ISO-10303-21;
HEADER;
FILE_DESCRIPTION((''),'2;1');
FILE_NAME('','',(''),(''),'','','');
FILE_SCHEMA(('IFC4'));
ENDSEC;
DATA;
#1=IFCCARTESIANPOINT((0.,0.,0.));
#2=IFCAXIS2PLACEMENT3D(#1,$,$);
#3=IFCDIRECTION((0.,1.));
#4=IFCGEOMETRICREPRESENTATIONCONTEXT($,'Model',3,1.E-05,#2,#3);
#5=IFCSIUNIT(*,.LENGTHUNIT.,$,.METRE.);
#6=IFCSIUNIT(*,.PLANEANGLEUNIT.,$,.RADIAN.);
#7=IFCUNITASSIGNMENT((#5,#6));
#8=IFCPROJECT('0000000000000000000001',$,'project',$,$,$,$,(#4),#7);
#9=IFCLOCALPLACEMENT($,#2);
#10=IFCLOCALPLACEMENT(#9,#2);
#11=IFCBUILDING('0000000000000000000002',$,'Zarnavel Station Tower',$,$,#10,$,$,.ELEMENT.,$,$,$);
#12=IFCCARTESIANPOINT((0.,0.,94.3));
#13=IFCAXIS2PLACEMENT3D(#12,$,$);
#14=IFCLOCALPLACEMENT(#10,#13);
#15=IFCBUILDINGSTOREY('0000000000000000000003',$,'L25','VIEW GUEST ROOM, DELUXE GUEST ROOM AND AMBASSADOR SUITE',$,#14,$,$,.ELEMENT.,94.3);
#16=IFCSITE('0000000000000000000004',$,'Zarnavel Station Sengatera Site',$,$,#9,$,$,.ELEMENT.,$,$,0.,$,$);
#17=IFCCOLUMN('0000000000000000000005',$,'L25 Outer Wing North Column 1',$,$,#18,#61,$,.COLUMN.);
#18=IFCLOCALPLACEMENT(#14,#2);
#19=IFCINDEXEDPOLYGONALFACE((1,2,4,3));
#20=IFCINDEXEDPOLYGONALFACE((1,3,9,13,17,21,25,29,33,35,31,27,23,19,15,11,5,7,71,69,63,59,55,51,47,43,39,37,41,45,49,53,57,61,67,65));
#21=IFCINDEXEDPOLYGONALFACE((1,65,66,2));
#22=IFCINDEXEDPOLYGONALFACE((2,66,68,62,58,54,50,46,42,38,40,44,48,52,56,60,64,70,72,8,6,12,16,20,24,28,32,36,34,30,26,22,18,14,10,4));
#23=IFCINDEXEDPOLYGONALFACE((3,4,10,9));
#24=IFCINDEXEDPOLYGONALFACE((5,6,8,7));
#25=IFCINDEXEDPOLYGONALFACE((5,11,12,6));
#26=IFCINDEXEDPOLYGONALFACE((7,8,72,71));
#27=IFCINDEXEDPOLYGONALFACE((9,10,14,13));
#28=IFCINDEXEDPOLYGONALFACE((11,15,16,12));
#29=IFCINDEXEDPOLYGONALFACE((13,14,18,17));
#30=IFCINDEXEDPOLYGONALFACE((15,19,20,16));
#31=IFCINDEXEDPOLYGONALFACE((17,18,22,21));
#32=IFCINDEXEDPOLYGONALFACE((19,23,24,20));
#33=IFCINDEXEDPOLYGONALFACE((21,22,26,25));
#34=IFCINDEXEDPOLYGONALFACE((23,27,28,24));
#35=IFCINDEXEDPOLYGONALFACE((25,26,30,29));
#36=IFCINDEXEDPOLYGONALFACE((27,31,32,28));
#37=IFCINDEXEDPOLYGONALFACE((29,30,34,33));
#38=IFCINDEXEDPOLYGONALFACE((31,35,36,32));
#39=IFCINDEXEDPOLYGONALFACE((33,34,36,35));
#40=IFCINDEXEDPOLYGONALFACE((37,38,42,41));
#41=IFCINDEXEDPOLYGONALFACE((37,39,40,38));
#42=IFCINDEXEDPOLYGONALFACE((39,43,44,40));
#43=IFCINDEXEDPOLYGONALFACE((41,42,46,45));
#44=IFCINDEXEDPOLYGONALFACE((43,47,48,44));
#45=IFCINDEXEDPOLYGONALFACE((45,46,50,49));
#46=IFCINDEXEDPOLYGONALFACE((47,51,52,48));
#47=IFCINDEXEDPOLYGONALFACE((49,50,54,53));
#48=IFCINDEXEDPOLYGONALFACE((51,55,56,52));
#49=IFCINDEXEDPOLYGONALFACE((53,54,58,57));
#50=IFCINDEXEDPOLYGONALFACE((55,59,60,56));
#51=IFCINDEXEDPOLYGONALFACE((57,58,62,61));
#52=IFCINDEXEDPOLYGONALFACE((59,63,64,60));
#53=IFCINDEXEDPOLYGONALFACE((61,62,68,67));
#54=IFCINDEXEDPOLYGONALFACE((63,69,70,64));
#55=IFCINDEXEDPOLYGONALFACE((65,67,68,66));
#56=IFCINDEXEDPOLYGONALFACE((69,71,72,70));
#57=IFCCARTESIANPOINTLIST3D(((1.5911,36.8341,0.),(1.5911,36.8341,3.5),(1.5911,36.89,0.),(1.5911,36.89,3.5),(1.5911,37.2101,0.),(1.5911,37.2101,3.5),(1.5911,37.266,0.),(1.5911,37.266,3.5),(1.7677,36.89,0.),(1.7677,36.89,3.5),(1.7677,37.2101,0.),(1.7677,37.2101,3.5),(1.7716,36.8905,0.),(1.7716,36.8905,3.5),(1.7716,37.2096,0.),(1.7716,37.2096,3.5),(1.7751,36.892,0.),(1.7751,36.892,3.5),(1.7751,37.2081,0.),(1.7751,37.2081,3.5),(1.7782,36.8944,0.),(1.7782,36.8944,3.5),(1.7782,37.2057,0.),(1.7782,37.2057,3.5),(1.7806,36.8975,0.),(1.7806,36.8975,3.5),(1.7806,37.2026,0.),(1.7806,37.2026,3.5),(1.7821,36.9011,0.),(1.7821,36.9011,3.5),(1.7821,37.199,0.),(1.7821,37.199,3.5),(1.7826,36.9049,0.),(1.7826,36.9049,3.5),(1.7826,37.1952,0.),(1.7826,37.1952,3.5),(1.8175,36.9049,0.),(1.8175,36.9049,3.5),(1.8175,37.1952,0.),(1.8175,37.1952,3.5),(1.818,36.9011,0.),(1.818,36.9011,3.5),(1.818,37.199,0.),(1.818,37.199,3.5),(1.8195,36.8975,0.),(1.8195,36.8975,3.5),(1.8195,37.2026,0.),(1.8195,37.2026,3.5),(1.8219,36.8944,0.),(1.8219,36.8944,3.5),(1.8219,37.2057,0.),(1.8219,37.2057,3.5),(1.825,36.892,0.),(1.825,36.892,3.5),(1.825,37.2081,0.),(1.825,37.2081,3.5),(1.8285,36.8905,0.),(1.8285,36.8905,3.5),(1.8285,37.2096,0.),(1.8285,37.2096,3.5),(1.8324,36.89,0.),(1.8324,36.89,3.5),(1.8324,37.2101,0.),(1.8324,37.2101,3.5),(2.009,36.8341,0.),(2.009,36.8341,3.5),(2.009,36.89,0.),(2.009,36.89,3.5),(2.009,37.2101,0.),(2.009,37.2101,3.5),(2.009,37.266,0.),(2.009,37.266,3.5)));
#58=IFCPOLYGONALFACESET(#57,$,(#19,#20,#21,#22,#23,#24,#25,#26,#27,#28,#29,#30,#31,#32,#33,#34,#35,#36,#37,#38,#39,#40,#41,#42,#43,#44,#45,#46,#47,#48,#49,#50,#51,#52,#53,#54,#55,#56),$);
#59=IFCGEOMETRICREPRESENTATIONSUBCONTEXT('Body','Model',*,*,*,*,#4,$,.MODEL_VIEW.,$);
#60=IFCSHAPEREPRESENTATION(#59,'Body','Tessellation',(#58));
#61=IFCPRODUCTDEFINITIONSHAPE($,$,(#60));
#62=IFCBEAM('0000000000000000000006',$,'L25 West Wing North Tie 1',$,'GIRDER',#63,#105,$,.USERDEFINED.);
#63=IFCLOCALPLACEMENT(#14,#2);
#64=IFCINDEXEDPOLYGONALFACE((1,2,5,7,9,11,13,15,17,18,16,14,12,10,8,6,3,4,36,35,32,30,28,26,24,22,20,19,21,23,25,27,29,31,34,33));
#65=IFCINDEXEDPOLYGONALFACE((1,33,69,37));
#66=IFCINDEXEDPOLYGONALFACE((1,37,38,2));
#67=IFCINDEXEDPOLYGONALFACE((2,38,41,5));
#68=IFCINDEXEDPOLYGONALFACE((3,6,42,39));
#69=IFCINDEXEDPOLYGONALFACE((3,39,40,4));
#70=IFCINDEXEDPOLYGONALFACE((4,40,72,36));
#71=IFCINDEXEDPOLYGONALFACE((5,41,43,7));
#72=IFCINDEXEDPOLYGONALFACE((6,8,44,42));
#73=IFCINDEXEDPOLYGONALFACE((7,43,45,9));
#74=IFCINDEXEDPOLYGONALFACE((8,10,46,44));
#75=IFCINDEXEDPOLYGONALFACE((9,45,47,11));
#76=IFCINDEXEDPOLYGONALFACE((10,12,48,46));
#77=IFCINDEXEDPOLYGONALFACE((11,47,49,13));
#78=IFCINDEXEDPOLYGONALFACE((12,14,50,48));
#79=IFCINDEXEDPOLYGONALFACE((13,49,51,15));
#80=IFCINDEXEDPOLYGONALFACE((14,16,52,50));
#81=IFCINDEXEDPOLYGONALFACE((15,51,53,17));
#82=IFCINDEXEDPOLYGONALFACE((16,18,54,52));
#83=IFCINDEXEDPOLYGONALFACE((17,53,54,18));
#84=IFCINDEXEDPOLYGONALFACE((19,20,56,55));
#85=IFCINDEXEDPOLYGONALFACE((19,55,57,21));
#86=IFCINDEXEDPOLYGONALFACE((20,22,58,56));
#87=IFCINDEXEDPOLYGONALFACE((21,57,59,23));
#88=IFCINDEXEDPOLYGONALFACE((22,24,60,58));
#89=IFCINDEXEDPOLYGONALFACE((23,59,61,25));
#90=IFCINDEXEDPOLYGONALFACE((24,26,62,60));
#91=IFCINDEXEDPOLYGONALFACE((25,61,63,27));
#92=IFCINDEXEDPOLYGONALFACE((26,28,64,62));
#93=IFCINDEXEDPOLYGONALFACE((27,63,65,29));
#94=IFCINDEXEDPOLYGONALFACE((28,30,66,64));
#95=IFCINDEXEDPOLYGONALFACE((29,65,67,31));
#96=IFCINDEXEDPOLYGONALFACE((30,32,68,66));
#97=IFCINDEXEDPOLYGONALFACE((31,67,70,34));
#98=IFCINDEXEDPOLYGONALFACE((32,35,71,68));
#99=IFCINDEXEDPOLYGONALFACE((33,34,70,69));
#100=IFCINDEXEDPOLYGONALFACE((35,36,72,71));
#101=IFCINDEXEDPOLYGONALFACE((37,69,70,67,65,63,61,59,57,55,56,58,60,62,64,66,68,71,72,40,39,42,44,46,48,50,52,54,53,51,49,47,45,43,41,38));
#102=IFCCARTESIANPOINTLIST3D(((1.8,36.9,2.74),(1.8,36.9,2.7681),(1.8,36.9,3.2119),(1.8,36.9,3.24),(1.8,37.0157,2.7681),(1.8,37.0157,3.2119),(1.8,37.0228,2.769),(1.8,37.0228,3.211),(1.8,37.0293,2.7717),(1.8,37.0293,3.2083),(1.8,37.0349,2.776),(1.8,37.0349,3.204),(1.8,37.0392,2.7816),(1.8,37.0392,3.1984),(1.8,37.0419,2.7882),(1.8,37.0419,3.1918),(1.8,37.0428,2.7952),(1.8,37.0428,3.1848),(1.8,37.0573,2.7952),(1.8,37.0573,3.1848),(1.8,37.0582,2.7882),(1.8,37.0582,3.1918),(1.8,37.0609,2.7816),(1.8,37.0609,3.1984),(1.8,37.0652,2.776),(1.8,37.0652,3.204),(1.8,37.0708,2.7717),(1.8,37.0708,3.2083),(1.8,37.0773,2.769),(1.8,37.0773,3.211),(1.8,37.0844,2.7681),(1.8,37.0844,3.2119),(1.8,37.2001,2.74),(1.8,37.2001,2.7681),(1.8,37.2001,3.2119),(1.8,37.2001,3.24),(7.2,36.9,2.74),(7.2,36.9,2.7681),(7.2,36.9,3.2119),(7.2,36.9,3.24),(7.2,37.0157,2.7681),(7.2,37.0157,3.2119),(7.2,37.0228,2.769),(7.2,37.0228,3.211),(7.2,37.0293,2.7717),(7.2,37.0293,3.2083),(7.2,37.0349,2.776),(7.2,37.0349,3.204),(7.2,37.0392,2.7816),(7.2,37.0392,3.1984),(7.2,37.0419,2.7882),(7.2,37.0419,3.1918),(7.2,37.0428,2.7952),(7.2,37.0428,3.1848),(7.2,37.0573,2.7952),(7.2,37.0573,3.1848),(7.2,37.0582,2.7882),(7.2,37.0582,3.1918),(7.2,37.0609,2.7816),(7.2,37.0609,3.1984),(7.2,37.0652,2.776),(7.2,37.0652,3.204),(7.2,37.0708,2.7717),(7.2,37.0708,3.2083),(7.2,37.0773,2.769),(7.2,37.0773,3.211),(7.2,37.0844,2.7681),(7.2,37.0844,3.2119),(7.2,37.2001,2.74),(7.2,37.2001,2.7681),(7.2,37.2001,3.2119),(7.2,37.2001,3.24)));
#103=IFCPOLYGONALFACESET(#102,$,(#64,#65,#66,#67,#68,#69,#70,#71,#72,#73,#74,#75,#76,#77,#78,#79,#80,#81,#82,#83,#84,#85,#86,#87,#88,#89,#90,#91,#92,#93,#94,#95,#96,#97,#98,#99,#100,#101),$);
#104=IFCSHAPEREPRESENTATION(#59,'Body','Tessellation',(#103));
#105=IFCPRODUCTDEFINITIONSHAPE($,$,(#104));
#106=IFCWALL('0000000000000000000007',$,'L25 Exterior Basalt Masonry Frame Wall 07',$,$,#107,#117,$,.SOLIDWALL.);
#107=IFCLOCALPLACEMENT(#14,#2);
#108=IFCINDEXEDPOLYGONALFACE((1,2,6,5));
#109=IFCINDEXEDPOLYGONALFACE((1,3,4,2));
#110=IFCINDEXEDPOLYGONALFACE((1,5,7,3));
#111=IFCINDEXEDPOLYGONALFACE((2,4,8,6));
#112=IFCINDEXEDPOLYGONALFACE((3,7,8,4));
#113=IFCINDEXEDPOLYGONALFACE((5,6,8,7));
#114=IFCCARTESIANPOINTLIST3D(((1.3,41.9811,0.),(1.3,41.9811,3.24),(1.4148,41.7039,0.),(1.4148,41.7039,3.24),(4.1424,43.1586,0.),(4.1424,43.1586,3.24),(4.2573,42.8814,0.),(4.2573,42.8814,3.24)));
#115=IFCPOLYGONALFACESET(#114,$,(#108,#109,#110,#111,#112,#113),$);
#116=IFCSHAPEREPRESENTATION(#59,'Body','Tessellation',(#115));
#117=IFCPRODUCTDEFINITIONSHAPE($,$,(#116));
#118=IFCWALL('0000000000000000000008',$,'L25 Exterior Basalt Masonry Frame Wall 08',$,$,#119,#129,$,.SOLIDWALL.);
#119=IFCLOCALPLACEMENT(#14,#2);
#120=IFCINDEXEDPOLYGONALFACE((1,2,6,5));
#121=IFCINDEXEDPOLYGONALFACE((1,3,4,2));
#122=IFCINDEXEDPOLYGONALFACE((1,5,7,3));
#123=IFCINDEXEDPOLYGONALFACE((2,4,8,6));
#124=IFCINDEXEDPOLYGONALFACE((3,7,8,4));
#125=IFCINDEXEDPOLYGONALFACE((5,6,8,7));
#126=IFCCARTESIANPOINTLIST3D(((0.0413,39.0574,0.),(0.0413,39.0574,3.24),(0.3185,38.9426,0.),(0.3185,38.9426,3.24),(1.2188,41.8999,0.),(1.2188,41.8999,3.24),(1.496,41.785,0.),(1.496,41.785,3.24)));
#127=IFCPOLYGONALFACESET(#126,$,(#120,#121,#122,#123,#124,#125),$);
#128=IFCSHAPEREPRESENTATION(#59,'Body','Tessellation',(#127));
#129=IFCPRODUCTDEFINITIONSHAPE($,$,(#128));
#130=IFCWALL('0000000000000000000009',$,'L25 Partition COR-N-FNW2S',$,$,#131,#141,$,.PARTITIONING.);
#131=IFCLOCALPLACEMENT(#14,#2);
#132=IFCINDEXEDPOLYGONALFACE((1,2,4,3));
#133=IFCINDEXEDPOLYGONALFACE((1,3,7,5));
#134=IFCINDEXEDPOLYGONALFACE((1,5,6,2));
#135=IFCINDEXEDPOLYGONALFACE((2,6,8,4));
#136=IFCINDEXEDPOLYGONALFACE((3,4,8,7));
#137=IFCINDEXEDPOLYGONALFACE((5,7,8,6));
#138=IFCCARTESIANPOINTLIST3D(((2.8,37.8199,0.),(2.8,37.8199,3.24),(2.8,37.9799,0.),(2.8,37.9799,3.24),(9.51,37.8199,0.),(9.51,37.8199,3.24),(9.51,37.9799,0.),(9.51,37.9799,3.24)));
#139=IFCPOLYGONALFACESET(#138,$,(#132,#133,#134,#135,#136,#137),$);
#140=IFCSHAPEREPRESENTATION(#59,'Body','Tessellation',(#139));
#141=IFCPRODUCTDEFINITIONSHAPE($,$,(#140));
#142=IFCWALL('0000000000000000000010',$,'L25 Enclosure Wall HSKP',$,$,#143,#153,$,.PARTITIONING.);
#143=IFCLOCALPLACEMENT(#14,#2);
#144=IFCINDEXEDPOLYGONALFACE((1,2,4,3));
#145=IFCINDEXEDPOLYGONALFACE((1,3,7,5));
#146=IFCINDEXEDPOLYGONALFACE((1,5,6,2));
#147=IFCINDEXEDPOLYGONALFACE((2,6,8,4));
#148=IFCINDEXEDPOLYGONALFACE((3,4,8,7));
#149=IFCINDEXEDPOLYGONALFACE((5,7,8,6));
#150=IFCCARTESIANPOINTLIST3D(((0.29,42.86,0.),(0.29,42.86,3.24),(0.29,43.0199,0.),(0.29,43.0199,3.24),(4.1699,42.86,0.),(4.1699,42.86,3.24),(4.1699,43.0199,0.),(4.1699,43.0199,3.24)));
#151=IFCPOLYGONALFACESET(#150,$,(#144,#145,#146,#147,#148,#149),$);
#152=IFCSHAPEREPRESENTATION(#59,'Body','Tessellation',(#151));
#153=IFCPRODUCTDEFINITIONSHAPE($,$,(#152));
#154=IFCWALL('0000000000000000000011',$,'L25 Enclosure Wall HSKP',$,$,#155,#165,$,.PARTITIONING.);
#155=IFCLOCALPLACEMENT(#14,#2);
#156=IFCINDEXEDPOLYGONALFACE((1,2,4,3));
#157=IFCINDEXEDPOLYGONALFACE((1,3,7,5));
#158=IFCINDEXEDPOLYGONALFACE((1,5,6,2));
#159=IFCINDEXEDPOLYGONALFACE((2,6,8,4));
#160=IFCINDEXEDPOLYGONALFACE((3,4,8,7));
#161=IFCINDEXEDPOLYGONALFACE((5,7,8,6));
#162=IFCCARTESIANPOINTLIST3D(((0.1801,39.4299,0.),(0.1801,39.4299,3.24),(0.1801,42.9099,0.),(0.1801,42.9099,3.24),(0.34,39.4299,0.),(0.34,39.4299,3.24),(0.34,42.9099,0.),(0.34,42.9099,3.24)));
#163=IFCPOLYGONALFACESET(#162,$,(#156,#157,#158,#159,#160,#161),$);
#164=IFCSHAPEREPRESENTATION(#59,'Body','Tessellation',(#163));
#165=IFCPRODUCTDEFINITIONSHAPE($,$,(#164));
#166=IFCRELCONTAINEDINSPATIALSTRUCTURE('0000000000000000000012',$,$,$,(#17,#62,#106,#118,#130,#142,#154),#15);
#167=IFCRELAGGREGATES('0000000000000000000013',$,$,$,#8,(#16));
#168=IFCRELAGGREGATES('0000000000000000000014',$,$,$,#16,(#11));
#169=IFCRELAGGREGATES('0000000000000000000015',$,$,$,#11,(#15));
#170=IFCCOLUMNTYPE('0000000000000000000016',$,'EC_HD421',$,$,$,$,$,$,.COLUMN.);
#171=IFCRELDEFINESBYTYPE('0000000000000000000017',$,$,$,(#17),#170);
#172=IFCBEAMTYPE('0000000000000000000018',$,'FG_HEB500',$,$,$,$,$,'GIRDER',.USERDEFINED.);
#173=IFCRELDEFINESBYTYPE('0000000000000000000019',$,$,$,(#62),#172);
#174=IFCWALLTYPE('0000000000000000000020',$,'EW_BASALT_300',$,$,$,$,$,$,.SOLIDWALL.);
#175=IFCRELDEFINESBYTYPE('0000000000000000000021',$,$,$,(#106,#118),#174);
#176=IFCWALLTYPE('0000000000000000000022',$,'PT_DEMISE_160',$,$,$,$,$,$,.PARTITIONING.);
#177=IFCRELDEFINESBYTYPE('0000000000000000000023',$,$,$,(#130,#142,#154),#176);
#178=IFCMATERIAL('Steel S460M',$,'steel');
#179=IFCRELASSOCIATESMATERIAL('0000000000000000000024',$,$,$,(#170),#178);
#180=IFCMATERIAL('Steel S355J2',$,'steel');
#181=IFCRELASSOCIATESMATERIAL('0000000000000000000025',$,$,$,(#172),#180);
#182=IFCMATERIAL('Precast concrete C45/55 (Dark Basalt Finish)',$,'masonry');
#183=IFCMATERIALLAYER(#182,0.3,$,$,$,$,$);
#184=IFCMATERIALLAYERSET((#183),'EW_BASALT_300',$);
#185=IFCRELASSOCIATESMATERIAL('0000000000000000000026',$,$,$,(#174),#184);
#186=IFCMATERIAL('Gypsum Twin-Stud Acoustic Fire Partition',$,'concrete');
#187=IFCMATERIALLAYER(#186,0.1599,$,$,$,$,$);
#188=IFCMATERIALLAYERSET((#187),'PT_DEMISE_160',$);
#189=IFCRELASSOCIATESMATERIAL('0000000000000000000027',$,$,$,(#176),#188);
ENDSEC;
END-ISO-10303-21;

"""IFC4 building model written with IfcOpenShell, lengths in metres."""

from ifc_helpers import new_model, si_unit, direction, frame, frame_2d, origin, origin_2d, place, context, subcontext, project, spatial, rectangle, i_section, extrude, material, layer, layer_set, material_profile, profile_set, type_object, element, save


model = new_model("IFC4")

# Units and contexts
model_context = context("Model", 3, precision=1e-05, world=origin(), true_north=direction((0.0, 1.0)))
body_context = subcontext(model_context, "Body", "Model", "MODEL_VIEW")
ifc_project = project(units=[si_unit("LENGTHUNIT", "METRE"), si_unit("PLANEANGLEUNIT", "RADIAN")], contexts=[model_context])

# Site, building, storey
site_placement = place(None, origin())
site = spatial("IfcSite", under=ifc_project, at=site_placement, Name="Zarnavel Station Sengatera Site", CompositionType="ELEMENT", RefElevation=0.0)
building_placement = place(site_placement, origin())
building = spatial("IfcBuilding", under=site, at=building_placement, Name="Zarnavel Station Tower", CompositionType="ELEMENT")
storey_placement = place(building_placement, frame((0.0, 0.0, 94.3)))
storey = spatial("IfcBuildingStorey", under=building, at=storey_placement, Name="L25", Description="VIEW GUEST ROOM, DELUXE GUEST ROOM AND AMBASSADOR SUITE", CompositionType="ELEMENT", Elevation=94.3)

# Column
ifc_material_1 = material(Name="Steel S460M", Category="steel")
ifc_material_profile_1 = material_profile(ifc_material_1, i_section(OverallWidth=0.418, OverallDepth=0.4319, WebThickness=0.0349, FlangeThickness=0.0559, FilletRadius=0.0149, at=origin_2d()), Name="HD400x421")
ifc_profile_set_1 = profile_set([ifc_material_profile_1], Name="Steel S460M")
column_type = type_object("IfcColumnType", Name="EC_HD421", PredefinedType="COLUMN", material=ifc_profile_set_1)
column_placement = place(storey_placement, frame((1.8, 37.05, 0.0), z_axis=(0.0, 0.0, 1.0), x_axis=(1.0, 0.0, 0.0)))
element("IfcColumn", 1, at=column_placement, inside=storey, type_object=column_type, Name="L25 Outer Wing North Column 1", PredefinedType="COLUMN", context=body_context, shape_type="SweptSolid", body=[
    extrude(i_section(OverallWidth=0.418, OverallDepth=0.4319, WebThickness=0.0349, FlangeThickness=0.0559, FilletRadius=0.0149, at=origin_2d()), origin(), (0.0, 0.0, 1.0), 3.5),
])

# Beam
ifc_material_2 = material(Name="Steel S355J2", Category="steel")
ifc_material_profile_2 = material_profile(ifc_material_2, i_section(OverallWidth=0.3, OverallDepth=0.5, WebThickness=0.0144, FlangeThickness=0.0281, FilletRadius=0.0271, at=origin_2d()), Name="HEB500")
ifc_profile_set_2 = profile_set([ifc_material_profile_2], Name="Steel S355J2")
beam_type = type_object("IfcBeamType", Name="FG_HEB500", ElementType="GIRDER", PredefinedType="USERDEFINED", material=ifc_profile_set_2)
beam_placement = place(storey_placement, frame((1.8, 37.05, 2.99), z_axis=(1.0, 0.0, 0.0), x_axis=(0.0, 1.0, 0.0)))
element("IfcBeam", 2, at=beam_placement, inside=storey, type_object=beam_type, Name="L25 West Wing North Tie 1", ObjectType="GIRDER", PredefinedType="USERDEFINED", context=body_context, shape_type="SweptSolid", body=[
    extrude(i_section(OverallWidth=0.3, OverallDepth=0.5, WebThickness=0.0144, FlangeThickness=0.0281, FilletRadius=0.0271, at=origin_2d()), origin(), (0.0, 0.0, 1.0), 5.3999),
])

# Walls
ifc_material_3 = material(Name="Precast concrete C45/55 (Dark Basalt Finish)", Category="masonry")
ifc_layer_1 = layer(ifc_material_3, 0.3)
ifc_layer_set_1 = layer_set([ifc_layer_1], Name="EW_BASALT_300")
wall_type_1 = type_object("IfcWallType", Name="EW_BASALT_300", PredefinedType="SOLIDWALL", material=ifc_layer_set_1)
for number, where, z_axis, x_axis, name in (
    (3, (1.3574, 41.8425, 0.0), (0.0, 0.0, 1.0), (0.923871, 0.382705, 0.0), "L25 Exterior Basalt Masonry Frame Wall 07"),
    (4, (0.1799, 39.0, 0.0), (0.0, 0.0, 1.0), (0.382705, 0.923871, 0.0), "L25 Exterior Basalt Masonry Frame Wall 08"),
):
    element("IfcWall", number, at=place(storey_placement, frame(where, z_axis=z_axis, x_axis=x_axis)), inside=storey, type_object=wall_type_1, Name=name, PredefinedType="SOLIDWALL", context=body_context, shape_type="SweptSolid", body=[
        extrude(rectangle(XDim=3.0767, YDim=0.3, at=frame_2d((1.5383, 0.0))), origin(), (0.0, 0.0, 1.0), 3.24),
    ])
ifc_material_4 = material(Name="Gypsum Twin-Stud Acoustic Fire Partition", Category="concrete")
ifc_layer_2 = layer(ifc_material_4, 0.1599)
ifc_layer_set_2 = layer_set([ifc_layer_2], Name="PT_DEMISE_160")
wall_type_2 = type_object("IfcWallType", Name="PT_DEMISE_160", PredefinedType="PARTITIONING", material=ifc_layer_set_2)
wall_1_placement = place(storey_placement, frame((2.8, 37.8999, 0.0), z_axis=(0.0, 0.0, 1.0), x_axis=(1.0, 0.0, 0.0)))
element("IfcWall", 5, at=wall_1_placement, inside=storey, type_object=wall_type_2, Name="L25 Partition COR-N-FNW2S", PredefinedType="PARTITIONING", context=body_context, shape_type="SweptSolid", body=[
    extrude(rectangle(XDim=6.71, YDim=0.1599, at=frame_2d((3.355, 0.0))), origin(), (0.0, 0.0, 1.0), 3.24),
])
wall_2_placement = place(storey_placement, frame((0.29, 42.9399, 0.0), z_axis=(0.0, 0.0, 1.0), x_axis=(1.0, 0.0, 0.0)))
element("IfcWall", 6, at=wall_2_placement, inside=storey, type_object=wall_type_2, Name="L25 Enclosure Wall HSKP", PredefinedType="PARTITIONING", context=body_context, shape_type="SweptSolid", body=[
    extrude(rectangle(XDim=3.8799, YDim=0.1599, at=frame_2d((1.9399, 0.0))), origin(), (0.0, 0.0, 1.0), 3.24),
])
wall_3_placement = place(storey_placement, frame((0.26, 39.4299, 0.0), z_axis=(0.0, 0.0, 1.0), x_axis=(0.0, 1.0, 0.0)))
element("IfcWall", 7, at=wall_3_placement, inside=storey, type_object=wall_type_2, Name="L25 Enclosure Wall HSKP", PredefinedType="PARTITIONING", context=body_context, shape_type="SweptSolid", body=[
    extrude(rectangle(XDim=3.48, YDim=0.1599, at=frame_2d((1.74, 0.0))), origin(), (0.0, 0.0, 1.0), 3.24),
])

save(model, "model.ifc")
